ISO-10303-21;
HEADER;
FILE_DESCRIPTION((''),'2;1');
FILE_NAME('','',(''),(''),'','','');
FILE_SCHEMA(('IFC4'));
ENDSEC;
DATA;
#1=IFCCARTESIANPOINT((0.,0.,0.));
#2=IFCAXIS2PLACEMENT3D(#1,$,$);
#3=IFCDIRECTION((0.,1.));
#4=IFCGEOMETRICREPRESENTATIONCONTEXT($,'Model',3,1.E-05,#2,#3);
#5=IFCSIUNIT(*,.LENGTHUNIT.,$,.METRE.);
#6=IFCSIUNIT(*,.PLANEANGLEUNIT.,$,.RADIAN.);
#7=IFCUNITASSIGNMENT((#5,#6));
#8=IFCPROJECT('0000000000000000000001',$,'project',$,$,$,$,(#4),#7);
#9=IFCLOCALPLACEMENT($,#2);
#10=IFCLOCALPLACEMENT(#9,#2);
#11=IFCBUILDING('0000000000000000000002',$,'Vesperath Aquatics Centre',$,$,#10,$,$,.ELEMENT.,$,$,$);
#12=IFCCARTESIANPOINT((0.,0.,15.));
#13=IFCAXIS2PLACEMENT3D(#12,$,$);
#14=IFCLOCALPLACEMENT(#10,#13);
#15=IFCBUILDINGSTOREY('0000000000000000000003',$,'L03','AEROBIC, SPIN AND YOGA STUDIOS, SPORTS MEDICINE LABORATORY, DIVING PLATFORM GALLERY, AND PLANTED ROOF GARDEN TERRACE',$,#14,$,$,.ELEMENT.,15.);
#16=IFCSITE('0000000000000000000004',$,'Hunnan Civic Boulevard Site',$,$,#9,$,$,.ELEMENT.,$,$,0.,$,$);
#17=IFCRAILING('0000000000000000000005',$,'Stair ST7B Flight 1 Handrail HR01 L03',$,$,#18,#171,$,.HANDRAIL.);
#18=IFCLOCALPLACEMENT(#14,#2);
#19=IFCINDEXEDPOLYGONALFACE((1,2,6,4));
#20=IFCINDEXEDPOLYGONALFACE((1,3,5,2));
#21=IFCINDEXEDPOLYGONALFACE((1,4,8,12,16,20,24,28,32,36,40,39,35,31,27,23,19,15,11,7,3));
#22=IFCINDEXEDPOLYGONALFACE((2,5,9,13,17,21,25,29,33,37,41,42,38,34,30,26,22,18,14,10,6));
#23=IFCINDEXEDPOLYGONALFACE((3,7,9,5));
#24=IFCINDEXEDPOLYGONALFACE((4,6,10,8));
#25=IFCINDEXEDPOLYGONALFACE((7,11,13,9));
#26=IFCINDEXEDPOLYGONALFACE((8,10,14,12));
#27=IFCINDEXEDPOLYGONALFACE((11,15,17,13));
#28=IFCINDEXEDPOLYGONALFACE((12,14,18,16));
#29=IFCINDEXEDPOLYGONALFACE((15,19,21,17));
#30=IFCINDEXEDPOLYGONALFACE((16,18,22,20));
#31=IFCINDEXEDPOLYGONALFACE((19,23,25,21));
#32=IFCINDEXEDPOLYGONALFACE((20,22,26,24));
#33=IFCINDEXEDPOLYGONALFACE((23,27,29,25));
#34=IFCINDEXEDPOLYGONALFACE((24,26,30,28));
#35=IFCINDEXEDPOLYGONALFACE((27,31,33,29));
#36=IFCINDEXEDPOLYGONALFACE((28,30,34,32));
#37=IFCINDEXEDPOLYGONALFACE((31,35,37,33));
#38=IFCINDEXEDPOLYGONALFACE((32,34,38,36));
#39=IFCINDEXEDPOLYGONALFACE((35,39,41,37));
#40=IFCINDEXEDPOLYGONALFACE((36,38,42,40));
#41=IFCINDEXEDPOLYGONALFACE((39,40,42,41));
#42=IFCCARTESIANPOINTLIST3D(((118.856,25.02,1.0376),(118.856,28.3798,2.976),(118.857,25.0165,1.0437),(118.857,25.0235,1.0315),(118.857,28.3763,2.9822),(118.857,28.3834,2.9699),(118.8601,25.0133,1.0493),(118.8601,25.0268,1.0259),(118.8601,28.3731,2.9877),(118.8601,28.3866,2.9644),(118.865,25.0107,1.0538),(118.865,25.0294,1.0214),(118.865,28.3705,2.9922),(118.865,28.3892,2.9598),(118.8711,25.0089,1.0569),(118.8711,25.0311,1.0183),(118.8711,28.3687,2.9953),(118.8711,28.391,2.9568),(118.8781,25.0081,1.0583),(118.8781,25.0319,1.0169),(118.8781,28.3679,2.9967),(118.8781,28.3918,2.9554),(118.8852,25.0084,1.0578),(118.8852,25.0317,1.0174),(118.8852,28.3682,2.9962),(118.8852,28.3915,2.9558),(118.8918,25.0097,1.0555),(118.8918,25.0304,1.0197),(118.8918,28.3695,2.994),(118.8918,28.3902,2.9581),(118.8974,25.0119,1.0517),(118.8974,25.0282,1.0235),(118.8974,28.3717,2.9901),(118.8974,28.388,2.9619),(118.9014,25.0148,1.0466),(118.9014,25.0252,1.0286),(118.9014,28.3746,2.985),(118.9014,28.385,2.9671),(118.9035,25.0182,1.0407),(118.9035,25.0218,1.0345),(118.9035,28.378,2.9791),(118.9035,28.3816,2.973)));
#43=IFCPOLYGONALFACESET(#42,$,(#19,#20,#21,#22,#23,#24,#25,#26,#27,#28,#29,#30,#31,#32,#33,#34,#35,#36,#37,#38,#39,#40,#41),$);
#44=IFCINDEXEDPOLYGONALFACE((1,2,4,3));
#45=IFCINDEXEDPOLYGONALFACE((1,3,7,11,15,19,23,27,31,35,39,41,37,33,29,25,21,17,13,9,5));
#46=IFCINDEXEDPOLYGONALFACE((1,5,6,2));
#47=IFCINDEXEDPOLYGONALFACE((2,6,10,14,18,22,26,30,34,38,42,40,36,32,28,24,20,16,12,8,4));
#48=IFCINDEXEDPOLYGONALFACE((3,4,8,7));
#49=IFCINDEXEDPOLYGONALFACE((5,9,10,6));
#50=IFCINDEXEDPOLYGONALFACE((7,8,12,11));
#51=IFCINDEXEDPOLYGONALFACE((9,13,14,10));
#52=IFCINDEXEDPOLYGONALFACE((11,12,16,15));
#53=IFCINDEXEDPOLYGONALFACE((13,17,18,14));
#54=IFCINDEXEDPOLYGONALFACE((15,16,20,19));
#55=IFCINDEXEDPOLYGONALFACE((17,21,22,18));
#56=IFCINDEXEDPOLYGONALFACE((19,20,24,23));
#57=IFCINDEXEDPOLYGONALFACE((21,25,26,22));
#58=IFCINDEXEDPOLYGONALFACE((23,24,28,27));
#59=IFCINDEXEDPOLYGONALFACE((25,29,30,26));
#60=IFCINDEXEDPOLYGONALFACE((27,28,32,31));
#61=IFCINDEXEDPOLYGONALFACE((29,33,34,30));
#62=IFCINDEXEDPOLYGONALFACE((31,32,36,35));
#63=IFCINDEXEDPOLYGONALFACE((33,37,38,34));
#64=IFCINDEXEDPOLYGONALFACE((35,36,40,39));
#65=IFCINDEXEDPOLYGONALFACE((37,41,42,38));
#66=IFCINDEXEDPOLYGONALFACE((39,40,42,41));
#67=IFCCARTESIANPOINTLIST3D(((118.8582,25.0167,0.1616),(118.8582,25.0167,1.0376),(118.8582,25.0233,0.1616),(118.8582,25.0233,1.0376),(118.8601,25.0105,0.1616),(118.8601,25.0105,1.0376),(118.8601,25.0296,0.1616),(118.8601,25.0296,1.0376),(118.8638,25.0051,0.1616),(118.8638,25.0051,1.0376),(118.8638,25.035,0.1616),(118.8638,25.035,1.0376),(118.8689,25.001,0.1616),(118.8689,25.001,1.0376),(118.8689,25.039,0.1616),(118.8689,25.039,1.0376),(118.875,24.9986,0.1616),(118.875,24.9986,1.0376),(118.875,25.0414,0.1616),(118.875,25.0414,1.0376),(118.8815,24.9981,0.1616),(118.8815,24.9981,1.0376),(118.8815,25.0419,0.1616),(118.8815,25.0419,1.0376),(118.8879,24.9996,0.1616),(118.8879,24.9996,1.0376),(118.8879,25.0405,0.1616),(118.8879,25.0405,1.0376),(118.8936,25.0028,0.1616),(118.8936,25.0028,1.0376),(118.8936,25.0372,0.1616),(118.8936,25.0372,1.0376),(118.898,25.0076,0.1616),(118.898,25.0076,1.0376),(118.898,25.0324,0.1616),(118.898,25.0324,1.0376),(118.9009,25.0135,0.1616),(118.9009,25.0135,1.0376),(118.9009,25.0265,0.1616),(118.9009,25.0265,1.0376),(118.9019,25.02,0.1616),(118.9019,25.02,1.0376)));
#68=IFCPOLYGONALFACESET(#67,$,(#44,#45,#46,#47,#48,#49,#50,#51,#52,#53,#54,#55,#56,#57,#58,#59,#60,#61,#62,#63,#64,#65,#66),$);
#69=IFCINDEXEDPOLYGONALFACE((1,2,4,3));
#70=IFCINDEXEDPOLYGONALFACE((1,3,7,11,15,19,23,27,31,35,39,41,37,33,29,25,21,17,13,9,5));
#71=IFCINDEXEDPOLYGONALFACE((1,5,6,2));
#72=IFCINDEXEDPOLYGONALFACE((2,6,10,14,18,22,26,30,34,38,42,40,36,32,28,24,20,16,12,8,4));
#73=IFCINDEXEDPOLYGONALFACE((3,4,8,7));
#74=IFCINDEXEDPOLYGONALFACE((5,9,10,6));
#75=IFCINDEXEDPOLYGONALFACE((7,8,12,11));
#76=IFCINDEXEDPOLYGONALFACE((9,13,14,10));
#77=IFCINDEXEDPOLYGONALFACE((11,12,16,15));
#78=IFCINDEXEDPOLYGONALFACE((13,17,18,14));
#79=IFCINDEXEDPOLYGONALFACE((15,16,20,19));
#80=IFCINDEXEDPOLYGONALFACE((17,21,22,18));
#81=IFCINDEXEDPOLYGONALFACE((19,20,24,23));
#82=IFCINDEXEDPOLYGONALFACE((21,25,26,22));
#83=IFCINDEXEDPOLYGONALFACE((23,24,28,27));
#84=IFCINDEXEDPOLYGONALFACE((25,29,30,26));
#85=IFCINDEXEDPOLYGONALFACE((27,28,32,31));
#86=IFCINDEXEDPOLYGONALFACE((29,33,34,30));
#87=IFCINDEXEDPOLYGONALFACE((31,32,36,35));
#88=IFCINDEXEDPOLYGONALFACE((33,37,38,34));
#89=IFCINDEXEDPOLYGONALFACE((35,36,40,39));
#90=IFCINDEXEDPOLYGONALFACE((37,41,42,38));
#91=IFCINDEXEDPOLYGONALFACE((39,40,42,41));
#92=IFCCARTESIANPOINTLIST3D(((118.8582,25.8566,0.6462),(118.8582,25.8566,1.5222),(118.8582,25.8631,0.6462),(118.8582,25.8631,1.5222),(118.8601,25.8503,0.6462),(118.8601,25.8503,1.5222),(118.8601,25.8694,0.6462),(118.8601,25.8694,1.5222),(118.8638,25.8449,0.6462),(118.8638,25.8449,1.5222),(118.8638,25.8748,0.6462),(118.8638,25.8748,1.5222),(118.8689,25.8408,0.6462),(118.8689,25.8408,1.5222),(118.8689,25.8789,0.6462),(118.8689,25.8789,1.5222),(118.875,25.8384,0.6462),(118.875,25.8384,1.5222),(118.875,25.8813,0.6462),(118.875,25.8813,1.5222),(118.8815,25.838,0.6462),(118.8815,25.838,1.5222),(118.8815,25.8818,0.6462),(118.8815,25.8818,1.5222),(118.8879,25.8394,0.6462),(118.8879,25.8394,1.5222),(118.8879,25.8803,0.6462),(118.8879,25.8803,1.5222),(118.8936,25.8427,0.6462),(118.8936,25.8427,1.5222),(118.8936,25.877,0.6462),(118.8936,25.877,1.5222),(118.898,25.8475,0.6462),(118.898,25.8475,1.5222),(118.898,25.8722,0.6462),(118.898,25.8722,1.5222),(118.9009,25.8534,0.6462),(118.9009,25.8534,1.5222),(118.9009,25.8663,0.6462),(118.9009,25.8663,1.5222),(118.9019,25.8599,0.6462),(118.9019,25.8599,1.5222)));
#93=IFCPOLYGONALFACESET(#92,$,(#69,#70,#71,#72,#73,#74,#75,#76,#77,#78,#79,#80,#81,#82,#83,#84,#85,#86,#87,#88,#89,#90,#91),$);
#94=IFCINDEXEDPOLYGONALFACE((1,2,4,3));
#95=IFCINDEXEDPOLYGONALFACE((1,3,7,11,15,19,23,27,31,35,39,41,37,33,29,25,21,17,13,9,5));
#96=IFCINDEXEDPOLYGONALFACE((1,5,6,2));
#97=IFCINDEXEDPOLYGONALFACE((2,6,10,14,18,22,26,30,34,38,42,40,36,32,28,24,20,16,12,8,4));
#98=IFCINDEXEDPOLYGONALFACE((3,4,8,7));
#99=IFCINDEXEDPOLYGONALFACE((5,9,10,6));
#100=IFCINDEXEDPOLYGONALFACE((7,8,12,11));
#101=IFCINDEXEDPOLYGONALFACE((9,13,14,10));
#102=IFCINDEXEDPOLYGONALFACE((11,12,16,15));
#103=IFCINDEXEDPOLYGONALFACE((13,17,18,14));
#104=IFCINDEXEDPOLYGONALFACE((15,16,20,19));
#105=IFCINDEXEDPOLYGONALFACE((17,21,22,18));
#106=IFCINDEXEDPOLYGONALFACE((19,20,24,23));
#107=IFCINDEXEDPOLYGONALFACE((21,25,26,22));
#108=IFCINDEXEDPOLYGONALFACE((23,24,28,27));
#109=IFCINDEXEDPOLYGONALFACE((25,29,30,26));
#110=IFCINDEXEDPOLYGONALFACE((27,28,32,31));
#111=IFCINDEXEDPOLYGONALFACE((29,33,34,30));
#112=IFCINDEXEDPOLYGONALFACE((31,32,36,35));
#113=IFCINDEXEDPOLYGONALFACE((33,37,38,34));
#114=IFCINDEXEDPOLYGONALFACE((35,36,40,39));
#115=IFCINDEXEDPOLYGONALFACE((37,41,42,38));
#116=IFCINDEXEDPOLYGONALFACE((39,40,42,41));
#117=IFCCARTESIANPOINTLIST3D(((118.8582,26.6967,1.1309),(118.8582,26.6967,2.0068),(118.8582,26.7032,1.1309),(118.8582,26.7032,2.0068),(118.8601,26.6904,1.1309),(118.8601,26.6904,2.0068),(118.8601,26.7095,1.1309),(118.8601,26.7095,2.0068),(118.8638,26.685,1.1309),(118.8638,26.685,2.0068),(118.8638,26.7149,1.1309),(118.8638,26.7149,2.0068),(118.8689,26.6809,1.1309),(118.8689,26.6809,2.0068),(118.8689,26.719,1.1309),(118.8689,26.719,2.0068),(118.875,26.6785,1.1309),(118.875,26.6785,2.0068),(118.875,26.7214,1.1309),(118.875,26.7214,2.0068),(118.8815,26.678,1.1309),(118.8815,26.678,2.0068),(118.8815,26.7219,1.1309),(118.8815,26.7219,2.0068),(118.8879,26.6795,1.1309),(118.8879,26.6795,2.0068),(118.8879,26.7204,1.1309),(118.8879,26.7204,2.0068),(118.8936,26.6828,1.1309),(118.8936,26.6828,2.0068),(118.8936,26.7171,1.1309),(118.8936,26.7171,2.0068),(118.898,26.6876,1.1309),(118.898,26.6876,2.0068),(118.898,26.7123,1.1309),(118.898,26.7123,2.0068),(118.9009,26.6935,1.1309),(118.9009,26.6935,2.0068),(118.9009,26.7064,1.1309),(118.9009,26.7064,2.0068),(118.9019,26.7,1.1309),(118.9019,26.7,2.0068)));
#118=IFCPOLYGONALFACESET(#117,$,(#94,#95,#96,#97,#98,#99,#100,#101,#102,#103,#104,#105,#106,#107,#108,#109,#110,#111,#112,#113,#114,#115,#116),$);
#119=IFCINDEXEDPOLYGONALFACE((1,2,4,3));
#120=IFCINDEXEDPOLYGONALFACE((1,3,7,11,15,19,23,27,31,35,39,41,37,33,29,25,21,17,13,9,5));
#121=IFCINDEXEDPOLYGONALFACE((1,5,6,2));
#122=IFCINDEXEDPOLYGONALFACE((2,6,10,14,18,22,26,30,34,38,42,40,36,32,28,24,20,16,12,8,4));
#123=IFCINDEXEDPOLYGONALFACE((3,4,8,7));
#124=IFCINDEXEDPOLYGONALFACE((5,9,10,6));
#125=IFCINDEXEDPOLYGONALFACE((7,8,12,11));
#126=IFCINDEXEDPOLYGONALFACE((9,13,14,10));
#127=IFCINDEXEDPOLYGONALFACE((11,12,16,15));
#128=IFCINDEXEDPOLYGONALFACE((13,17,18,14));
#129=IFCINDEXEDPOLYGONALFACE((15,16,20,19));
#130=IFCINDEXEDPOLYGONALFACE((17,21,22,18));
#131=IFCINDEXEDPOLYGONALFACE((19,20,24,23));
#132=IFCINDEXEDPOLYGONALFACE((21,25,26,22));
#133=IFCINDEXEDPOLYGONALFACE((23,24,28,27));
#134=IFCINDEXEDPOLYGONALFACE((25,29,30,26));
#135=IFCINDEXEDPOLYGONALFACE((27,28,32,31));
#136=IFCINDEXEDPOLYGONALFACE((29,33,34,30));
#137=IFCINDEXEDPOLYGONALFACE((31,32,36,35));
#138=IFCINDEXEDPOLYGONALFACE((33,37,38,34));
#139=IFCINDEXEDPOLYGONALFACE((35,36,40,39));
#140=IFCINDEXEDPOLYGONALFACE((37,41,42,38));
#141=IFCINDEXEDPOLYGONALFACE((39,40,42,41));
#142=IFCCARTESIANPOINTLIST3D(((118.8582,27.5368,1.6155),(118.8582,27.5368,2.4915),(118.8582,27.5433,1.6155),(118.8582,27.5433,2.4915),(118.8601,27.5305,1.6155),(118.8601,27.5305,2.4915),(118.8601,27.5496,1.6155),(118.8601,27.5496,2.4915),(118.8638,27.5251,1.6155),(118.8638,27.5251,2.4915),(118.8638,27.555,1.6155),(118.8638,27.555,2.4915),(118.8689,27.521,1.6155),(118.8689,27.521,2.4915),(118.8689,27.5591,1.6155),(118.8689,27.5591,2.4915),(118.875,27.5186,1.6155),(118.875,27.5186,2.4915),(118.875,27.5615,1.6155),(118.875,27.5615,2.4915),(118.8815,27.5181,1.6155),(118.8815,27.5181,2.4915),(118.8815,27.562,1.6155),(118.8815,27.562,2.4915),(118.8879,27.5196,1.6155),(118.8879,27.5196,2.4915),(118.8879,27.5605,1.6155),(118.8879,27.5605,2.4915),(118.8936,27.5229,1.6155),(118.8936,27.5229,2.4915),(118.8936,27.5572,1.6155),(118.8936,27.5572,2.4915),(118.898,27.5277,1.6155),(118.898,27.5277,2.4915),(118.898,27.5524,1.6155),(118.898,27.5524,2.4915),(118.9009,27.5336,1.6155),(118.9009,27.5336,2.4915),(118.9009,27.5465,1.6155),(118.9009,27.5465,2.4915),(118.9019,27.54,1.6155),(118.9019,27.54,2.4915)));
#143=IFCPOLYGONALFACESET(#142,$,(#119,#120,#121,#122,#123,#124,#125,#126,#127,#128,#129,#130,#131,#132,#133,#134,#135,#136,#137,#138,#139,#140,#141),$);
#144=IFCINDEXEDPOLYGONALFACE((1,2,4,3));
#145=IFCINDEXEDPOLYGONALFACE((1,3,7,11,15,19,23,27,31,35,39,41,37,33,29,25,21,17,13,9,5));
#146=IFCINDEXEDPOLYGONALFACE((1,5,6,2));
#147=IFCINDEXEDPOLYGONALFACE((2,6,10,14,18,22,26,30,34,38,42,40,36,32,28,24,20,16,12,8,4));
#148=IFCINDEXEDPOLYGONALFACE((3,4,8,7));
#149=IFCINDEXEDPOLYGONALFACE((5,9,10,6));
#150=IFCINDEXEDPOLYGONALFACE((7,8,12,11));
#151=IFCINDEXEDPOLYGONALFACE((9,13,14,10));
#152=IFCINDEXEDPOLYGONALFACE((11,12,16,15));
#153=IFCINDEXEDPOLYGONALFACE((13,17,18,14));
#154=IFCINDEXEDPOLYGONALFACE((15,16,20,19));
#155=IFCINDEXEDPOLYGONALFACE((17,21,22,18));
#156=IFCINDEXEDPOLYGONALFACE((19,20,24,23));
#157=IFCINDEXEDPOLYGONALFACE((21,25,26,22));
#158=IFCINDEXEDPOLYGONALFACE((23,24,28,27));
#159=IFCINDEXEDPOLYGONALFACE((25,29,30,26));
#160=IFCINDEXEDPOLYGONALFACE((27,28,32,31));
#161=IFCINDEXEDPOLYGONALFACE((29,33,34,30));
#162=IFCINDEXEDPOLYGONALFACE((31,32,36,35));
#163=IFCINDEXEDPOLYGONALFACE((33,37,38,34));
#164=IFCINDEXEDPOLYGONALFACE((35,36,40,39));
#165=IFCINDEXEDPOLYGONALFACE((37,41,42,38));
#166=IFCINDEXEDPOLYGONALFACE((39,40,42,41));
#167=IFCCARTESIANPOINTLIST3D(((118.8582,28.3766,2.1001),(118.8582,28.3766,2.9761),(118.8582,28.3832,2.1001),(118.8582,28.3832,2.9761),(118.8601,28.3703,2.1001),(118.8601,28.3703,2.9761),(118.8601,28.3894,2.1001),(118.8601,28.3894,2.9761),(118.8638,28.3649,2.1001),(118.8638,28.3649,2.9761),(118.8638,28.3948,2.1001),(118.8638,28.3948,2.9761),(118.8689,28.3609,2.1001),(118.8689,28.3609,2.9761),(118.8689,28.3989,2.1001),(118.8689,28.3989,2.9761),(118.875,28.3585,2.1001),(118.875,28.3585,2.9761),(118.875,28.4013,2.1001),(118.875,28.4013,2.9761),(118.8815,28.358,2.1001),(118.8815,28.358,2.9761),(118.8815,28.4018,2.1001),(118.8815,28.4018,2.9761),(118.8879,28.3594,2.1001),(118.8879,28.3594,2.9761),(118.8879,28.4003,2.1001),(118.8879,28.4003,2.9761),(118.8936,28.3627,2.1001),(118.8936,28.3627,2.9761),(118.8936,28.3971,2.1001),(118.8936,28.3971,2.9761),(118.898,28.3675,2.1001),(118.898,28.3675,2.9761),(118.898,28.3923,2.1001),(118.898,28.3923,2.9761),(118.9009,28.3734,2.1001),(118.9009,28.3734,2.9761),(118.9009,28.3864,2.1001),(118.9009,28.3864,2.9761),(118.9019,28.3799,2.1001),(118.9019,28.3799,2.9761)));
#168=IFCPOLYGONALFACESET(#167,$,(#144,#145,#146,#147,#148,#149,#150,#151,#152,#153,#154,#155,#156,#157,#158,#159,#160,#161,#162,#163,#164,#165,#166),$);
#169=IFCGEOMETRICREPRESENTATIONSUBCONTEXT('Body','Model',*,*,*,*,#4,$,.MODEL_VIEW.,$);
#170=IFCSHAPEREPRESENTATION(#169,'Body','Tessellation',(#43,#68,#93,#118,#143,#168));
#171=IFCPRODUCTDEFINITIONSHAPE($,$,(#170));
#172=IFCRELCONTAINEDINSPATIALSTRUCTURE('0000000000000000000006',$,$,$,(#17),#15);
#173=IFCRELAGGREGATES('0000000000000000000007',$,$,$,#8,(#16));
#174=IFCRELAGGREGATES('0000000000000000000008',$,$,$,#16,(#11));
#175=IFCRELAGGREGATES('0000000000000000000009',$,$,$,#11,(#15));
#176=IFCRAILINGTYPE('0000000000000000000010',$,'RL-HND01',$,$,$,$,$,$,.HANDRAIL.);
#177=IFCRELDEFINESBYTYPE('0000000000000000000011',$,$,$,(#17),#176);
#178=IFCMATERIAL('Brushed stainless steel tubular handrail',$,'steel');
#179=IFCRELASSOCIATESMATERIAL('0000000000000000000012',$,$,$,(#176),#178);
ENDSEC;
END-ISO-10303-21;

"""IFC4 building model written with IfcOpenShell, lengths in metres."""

from ifc_helpers import new_model, si_unit, direction, frame, origin, origin_2d, place, context, subcontext, project, spatial, circle, extrude, material, type_object, element, save


model = new_model("IFC4")

# Units and contexts
model_context = context("Model", 3, precision=1e-05, world=origin(), true_north=direction((0.0, 1.0)))
body_context = subcontext(model_context, "Body", "Model", "MODEL_VIEW")
ifc_project = project(units=[si_unit("LENGTHUNIT", "METRE"), si_unit("PLANEANGLEUNIT", "RADIAN")], contexts=[model_context])

# Site, building, storey
site_placement = place(None, origin())
site = spatial("IfcSite", under=ifc_project, at=site_placement, Name="Hunnan Civic Boulevard Site", CompositionType="ELEMENT", RefElevation=0.0)
building_placement = place(site_placement, origin())
building = spatial("IfcBuilding", under=site, at=building_placement, Name="Vesperath Aquatics Centre", CompositionType="ELEMENT")
storey_placement = place(building_placement, frame((0.0, 0.0, 15.0)))
storey = spatial("IfcBuildingStorey", under=building, at=storey_placement, Name="L03", Description="AEROBIC, SPIN AND YOGA STUDIOS, SPORTS MEDICINE LABORATORY, DIVING PLATFORM GALLERY, AND PLANTED ROOF GARDEN TERRACE", CompositionType="ELEMENT", Elevation=15.0)

# Railing
ifc_material_1 = material(Name="Brushed stainless steel tubular handrail", Category="steel")
railing_type_1 = type_object("IfcRailingType", Name="RL-HND01", PredefinedType="HANDRAIL", material=ifc_material_1)
railing_1_placement = place(storey_placement, frame((118.8799, 25.02, 0.1616)))
element("IfcRailing", 1, at=railing_1_placement, inside=storey, type_object=railing_type_1, Name="Stair ST7B Flight 1 Handrail HR01 L03", PredefinedType="HANDRAIL", context=body_context, shape_type="SweptSolid", body=[
    extrude(circle(Radius=0.0239, at=origin_2d()), frame((0.0, 0.0, 0.876), z_axis=(0.0, 0.866175, 0.499741), x_axis=(-1.0, 0.0, 0.0)), (0.0, 0.0, 1.0), 3.8789),
    extrude(circle(Radius=0.022, at=origin_2d()), origin(), (0.0, 0.0, 1.0), 0.876),
    extrude(circle(Radius=0.022, at=origin_2d()), frame((0.0, 0.8398, 0.4846)), (0.0, 0.0, 1.0), 0.876),
    extrude(circle(Radius=0.022, at=origin_2d()), frame((0.0, 1.6799, 0.9692)), (0.0, 0.0, 1.0), 0.876),
    extrude(circle(Radius=0.022, at=origin_2d()), frame((0.0, 2.52, 1.4539)), (0.0, 0.0, 1.0), 0.876),
    extrude(circle(Radius=0.022, at=origin_2d()), frame((0.0, 3.3599, 1.9385)), (0.0, 0.0, 1.0), 0.876),
])

save(model, "model.ifc")
